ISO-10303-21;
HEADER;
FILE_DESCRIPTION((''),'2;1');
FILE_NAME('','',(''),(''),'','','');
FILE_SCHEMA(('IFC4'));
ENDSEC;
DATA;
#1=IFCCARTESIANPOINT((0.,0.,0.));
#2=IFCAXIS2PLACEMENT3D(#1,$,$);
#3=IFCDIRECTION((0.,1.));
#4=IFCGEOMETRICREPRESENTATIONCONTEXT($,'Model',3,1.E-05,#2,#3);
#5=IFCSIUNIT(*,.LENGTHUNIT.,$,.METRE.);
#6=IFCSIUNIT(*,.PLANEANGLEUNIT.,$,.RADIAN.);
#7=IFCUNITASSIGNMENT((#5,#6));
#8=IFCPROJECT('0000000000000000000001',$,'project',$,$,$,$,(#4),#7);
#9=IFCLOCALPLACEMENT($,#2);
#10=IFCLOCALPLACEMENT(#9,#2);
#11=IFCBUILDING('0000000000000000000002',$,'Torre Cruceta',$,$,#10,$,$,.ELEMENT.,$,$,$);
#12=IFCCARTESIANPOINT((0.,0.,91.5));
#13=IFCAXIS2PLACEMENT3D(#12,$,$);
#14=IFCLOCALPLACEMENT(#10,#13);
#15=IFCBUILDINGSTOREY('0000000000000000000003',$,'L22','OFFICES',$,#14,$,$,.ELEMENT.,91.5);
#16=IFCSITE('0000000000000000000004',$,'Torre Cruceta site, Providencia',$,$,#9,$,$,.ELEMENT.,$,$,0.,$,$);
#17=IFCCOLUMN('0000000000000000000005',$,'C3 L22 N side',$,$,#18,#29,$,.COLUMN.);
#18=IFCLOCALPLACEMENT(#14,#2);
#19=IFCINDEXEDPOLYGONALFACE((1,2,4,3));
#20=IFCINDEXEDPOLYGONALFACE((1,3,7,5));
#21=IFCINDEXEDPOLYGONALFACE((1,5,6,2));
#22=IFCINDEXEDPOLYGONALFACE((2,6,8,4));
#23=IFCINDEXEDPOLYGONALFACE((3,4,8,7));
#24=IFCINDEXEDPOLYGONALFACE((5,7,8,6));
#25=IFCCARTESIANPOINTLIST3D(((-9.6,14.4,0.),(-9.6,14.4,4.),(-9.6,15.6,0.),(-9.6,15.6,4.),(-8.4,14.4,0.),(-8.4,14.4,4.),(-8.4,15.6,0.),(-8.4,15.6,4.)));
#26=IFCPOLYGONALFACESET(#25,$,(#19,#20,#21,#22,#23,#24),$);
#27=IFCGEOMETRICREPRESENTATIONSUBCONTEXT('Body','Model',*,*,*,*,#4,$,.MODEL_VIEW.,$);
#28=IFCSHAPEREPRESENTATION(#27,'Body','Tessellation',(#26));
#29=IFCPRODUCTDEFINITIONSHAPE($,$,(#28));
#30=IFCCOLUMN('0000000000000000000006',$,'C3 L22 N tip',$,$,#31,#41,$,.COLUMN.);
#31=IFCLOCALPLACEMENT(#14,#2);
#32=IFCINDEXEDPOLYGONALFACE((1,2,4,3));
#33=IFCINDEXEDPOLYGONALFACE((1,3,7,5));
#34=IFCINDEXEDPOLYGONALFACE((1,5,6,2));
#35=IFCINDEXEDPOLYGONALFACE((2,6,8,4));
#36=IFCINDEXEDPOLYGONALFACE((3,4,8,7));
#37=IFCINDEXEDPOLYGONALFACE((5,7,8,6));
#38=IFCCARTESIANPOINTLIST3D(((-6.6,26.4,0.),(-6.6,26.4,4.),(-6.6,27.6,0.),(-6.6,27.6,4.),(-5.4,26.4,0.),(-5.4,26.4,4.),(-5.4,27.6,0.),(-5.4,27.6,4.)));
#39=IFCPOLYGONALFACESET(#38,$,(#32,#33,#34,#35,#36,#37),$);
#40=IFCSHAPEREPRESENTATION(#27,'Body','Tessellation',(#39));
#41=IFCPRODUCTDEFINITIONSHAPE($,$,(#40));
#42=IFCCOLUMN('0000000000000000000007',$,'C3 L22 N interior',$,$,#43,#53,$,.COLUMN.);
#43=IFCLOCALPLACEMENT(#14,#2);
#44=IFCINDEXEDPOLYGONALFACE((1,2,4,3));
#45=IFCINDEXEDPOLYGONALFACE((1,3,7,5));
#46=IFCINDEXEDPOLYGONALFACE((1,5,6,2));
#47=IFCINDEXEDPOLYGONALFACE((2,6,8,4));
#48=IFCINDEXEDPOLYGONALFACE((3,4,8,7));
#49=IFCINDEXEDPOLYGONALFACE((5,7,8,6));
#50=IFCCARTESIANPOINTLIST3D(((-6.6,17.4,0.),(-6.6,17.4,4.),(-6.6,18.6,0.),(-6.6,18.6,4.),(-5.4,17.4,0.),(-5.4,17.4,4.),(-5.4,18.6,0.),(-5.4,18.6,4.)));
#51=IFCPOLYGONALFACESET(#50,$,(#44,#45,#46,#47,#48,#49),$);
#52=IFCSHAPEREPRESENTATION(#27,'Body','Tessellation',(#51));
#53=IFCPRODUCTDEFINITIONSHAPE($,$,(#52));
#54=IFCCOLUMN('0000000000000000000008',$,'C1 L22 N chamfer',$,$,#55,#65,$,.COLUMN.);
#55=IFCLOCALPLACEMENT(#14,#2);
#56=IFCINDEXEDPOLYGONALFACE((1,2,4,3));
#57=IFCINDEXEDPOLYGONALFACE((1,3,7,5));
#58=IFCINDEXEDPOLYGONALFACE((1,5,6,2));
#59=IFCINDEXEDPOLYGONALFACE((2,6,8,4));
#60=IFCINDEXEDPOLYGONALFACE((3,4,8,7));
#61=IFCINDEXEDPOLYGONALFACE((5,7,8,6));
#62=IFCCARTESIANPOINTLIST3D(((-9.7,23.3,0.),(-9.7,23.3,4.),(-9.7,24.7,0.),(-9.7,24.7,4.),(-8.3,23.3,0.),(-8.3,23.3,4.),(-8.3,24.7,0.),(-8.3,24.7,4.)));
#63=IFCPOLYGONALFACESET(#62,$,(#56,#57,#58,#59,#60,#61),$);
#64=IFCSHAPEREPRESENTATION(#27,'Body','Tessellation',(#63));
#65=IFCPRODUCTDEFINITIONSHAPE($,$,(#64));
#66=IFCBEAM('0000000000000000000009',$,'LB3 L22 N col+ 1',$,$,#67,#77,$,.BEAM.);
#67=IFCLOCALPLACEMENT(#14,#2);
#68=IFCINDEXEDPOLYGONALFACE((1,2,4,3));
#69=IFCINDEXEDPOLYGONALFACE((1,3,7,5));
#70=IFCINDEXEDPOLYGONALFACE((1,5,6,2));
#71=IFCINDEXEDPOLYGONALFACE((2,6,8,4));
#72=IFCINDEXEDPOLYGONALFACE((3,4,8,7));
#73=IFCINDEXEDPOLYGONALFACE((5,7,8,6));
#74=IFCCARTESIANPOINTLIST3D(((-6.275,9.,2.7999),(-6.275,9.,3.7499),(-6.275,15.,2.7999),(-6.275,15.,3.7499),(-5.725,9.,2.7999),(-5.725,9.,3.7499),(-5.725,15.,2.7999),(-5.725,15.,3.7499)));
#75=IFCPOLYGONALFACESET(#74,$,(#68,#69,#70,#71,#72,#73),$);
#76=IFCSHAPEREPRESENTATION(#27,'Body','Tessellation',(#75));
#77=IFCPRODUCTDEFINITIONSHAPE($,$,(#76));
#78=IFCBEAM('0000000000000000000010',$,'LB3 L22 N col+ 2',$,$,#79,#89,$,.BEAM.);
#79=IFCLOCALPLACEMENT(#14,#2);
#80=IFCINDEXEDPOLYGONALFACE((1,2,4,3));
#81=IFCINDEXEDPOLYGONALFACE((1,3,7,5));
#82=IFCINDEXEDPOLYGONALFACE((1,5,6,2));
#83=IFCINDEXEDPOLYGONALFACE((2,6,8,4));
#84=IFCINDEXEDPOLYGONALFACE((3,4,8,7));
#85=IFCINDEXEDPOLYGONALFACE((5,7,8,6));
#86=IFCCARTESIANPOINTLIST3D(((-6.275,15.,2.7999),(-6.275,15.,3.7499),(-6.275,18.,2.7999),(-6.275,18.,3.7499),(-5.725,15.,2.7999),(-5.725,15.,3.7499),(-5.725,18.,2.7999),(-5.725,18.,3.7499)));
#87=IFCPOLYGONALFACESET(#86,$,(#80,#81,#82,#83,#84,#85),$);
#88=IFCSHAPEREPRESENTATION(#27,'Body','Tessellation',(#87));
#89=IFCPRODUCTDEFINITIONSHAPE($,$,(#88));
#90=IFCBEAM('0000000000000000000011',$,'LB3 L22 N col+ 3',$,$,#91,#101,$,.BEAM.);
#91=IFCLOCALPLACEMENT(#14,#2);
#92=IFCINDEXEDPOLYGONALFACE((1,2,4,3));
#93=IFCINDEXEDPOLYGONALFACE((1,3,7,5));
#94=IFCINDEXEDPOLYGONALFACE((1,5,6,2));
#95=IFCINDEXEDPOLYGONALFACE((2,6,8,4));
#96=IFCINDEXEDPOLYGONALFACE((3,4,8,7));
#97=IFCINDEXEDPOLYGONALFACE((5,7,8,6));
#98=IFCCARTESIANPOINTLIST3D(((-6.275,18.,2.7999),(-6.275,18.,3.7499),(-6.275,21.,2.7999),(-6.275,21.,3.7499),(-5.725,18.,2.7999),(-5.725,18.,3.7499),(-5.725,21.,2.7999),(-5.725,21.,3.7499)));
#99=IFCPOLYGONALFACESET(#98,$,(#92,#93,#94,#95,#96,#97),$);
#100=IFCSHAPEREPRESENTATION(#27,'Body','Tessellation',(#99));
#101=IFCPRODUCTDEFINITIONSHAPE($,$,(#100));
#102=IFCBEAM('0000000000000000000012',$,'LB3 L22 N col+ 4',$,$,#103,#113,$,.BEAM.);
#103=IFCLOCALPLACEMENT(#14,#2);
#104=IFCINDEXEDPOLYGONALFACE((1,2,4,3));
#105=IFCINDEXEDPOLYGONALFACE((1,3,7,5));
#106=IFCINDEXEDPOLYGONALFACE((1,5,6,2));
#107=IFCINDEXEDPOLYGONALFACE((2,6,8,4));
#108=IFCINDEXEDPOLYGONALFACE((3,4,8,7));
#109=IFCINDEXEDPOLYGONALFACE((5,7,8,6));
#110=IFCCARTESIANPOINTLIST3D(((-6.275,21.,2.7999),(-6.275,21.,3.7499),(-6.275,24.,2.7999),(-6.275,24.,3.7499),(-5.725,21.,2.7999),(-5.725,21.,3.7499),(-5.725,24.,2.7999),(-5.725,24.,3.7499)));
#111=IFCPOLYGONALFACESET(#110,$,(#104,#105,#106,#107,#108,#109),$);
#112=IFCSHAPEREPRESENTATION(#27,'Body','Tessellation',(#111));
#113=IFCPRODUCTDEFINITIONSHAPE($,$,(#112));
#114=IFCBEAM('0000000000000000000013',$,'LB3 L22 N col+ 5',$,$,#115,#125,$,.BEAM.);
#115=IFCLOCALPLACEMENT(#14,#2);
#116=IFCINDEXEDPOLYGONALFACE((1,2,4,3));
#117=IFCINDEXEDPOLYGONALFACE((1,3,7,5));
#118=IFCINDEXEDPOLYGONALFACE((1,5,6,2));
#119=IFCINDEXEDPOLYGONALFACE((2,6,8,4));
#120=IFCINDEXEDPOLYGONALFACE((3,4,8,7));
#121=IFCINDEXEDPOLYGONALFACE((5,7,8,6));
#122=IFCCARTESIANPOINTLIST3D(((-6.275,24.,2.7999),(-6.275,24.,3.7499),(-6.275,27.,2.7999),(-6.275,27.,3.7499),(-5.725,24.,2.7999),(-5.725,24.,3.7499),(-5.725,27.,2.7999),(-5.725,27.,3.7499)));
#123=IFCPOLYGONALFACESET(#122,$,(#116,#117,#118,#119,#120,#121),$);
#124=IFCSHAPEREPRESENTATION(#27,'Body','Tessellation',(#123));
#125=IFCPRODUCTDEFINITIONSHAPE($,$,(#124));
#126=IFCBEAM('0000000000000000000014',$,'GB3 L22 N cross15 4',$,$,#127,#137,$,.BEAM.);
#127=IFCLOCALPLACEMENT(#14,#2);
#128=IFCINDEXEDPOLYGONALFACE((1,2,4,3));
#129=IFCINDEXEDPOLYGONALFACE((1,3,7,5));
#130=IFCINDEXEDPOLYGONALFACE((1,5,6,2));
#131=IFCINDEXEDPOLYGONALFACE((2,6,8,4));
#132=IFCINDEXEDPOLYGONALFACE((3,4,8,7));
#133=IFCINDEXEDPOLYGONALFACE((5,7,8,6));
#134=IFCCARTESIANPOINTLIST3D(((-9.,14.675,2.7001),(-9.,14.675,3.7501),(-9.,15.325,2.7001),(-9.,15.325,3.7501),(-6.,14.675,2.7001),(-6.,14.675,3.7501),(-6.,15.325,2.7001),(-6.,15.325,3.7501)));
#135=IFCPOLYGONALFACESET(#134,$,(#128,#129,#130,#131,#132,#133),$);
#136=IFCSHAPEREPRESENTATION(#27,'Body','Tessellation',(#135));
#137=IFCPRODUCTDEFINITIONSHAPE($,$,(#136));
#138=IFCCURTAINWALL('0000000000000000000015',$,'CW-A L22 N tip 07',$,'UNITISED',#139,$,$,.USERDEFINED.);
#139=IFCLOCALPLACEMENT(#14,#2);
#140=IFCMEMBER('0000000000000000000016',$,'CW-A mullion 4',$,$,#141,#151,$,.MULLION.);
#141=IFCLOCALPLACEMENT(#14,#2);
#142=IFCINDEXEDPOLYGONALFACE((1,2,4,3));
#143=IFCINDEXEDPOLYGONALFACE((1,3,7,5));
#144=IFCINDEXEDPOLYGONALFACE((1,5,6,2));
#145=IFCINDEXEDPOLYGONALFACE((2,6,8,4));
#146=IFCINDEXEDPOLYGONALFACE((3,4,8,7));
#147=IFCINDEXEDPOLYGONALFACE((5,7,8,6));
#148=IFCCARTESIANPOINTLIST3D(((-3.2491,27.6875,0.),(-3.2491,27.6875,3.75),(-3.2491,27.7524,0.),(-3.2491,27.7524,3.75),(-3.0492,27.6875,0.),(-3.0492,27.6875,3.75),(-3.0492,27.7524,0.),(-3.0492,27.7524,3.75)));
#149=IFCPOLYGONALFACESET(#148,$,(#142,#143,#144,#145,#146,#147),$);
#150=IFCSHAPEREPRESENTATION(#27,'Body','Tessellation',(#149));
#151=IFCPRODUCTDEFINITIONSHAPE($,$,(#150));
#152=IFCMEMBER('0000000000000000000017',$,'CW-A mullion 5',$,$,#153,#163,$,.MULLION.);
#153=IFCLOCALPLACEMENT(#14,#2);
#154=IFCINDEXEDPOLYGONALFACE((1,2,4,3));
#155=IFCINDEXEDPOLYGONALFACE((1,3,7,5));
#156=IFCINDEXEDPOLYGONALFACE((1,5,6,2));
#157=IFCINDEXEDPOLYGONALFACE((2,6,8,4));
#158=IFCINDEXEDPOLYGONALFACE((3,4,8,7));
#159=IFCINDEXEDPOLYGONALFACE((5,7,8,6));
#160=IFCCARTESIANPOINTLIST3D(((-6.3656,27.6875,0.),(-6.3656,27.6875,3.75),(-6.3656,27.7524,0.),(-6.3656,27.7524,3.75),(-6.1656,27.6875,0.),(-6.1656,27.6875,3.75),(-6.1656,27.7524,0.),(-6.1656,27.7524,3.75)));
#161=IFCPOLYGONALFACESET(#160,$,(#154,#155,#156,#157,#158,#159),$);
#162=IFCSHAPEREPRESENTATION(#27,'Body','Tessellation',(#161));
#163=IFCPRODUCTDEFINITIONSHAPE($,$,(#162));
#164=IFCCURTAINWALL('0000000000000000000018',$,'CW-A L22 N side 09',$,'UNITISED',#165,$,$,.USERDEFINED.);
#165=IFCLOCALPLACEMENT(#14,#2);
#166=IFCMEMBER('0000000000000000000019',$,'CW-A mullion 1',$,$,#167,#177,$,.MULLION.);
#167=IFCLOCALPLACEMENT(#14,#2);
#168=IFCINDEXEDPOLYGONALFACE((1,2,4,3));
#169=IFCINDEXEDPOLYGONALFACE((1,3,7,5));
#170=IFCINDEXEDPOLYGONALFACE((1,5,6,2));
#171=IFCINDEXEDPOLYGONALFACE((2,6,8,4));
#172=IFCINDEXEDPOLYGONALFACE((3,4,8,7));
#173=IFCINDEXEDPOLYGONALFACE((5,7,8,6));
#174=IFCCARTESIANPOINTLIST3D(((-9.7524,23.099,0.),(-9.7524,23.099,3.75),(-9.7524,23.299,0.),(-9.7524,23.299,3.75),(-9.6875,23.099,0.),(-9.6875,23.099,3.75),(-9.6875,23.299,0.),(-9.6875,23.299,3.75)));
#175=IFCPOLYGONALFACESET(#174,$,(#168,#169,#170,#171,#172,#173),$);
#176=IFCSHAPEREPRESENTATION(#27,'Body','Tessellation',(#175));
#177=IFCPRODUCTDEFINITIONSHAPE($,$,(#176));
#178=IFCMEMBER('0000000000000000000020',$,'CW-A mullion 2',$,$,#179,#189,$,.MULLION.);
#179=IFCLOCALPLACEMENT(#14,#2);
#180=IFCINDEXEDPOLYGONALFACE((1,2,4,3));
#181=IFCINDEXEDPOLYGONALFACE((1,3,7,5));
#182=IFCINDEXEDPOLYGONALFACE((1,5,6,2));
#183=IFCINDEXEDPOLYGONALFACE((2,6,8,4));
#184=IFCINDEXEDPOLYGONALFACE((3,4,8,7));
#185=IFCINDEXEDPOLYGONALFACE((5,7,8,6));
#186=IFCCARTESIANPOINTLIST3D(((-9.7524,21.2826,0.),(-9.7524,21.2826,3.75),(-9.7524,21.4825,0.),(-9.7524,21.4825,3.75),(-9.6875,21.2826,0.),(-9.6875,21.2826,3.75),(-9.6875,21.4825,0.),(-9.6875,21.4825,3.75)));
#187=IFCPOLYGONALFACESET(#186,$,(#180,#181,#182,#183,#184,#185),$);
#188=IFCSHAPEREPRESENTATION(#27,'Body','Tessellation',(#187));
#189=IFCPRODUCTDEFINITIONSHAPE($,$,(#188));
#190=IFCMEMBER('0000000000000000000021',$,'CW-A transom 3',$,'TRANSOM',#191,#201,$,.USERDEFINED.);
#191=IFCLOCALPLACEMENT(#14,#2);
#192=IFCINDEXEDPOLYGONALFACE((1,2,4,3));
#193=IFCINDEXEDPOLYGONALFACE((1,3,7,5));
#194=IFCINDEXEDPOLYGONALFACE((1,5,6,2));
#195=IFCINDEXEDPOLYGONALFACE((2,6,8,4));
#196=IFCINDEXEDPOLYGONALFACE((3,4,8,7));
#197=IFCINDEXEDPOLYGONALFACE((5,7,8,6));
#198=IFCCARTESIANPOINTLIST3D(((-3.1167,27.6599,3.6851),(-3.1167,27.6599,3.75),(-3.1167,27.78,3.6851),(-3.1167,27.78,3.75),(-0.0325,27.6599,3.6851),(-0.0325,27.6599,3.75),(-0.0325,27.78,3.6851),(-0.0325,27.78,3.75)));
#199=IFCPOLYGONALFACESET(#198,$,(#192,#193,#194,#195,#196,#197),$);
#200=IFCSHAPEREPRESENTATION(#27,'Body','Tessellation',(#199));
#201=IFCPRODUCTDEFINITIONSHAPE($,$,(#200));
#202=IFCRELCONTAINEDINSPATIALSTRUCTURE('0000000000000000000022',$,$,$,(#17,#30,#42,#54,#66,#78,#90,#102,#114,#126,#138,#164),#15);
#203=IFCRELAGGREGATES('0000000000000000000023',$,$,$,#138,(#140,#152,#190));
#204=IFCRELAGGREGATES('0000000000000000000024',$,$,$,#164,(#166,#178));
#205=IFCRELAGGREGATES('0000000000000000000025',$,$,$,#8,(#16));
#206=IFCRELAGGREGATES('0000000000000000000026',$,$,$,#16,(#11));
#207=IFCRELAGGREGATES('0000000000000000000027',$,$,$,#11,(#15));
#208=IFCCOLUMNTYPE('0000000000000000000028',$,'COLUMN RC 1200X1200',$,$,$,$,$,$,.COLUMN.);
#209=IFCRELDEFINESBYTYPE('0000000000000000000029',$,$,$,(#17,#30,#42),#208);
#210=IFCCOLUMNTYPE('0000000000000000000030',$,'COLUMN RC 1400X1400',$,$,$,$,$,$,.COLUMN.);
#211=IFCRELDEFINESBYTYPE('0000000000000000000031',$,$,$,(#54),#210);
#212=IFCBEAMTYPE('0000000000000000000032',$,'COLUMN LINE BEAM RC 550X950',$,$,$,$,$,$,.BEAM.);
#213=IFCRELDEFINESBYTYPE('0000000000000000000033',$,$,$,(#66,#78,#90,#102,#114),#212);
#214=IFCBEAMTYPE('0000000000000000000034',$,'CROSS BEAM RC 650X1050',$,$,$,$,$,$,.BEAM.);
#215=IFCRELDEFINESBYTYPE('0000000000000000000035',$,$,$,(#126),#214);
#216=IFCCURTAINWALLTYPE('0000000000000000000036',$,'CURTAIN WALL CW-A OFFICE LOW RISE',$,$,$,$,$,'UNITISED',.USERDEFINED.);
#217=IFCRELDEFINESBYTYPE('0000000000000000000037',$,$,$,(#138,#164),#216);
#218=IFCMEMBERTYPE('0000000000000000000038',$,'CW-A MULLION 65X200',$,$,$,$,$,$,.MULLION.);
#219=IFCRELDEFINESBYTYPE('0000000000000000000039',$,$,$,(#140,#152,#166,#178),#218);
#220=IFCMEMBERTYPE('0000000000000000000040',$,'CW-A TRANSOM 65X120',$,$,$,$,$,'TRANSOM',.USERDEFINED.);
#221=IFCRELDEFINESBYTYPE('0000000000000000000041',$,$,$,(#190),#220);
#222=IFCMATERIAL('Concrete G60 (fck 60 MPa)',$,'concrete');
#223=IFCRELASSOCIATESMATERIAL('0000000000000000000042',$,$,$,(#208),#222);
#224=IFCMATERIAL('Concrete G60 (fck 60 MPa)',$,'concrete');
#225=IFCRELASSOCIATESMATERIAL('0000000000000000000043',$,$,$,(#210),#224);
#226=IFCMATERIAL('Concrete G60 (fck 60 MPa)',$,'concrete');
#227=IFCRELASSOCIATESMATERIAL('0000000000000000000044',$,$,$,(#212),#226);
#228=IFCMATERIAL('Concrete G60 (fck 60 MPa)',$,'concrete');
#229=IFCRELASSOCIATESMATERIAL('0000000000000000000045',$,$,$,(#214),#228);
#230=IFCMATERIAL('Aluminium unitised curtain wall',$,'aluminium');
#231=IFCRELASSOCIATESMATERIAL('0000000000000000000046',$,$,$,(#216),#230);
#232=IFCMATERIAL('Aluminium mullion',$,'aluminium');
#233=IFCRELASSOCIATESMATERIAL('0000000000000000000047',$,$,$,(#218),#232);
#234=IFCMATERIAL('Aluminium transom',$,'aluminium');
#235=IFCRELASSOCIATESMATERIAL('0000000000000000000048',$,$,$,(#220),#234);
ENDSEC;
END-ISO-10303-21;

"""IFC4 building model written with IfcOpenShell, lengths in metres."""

from ifc_helpers import new_model, si_unit, direction, frame, origin, origin_2d, place, context, subcontext, project, spatial, rectangle, extrude, material, material_profile, profile_set, type_object, element, aggregate, save


model = new_model("IFC4")

# Units and contexts
model_context = context("Model", 3, precision=1e-05, world=origin(), true_north=direction((0.0, 1.0)))
body_context = subcontext(model_context, "Body", "Model", "MODEL_VIEW")
ifc_project = project(units=[si_unit("LENGTHUNIT", "METRE"), si_unit("PLANEANGLEUNIT", "RADIAN")], contexts=[model_context])

# Site, building, storey
site_placement = place(None, origin())
site = spatial("IfcSite", under=ifc_project, at=site_placement, Name="Torre Cruceta site, Providencia", CompositionType="ELEMENT", RefElevation=0.0)
building_placement = place(site_placement, origin())
building = spatial("IfcBuilding", under=site, at=building_placement, Name="Torre Cruceta", CompositionType="ELEMENT")
storey_placement = place(building_placement, frame((0.0, 0.0, 91.5)))
storey = spatial("IfcBuildingStorey", under=building, at=storey_placement, Name="L22", Description="OFFICES", CompositionType="ELEMENT", Elevation=91.5)

# Columns
ifc_material_1 = material(Name="Concrete G60 (fck 60 MPa)", Category="concrete")
ifc_material_profile_1 = material_profile(ifc_material_1, rectangle(XDim=1.2, YDim=1.2, at=origin_2d()), Name="RC 1200X1200")
ifc_profile_set_1 = profile_set([ifc_material_profile_1], Name="Concrete G60 (fck 60 MPa)")
column_type_1 = type_object("IfcColumnType", Name="COLUMN RC 1200X1200", PredefinedType="COLUMN", material=ifc_profile_set_1)
for number, where, z_axis, x_axis, name in (
    (1, (-9.0, 15.0, 0.0), (0.0, 0.0, 1.0), (1.0, 0.0, 0.0), "C3 L22 N side"),
    (2, (-6.0, 27.0, 0.0), (0.0, 0.0, 1.0), (1.0, 0.0, 0.0), "C3 L22 N tip"),
    (3, (-6.0, 18.0, 0.0), (0.0, 0.0, 1.0), (1.0, 0.0, 0.0), "C3 L22 N interior"),
):
    element("IfcColumn", number, at=place(storey_placement, frame(where, z_axis=z_axis, x_axis=x_axis)), inside=storey, type_object=column_type_1, Name=name, PredefinedType="COLUMN", context=body_context, shape_type="SweptSolid", body=[
        extrude(rectangle(XDim=1.2, YDim=1.2, at=origin_2d()), origin(), (0.0, 0.0, 1.0), 4.0),
    ])
ifc_material_2 = material(Name="Concrete G60 (fck 60 MPa)", Category="concrete")
ifc_material_profile_2 = material_profile(ifc_material_2, rectangle(XDim=1.3999, YDim=1.3999, at=origin_2d()), Name="RC 1400X1400")
ifc_profile_set_2 = profile_set([ifc_material_profile_2], Name="Concrete G60 (fck 60 MPa)")
column_type_2 = type_object("IfcColumnType", Name="COLUMN RC 1400X1400", PredefinedType="COLUMN", material=ifc_profile_set_2)
column_placement = place(storey_placement, frame((-9.0, 24.0, 0.0), z_axis=(0.0, 0.0, 1.0), x_axis=(1.0, 0.0, 0.0)))
element("IfcColumn", 4, at=column_placement, inside=storey, type_object=column_type_2, Name="C1 L22 N chamfer", PredefinedType="COLUMN", context=body_context, shape_type="SweptSolid", body=[
    extrude(rectangle(XDim=1.3999, YDim=1.3999, at=origin_2d()), origin(), (0.0, 0.0, 1.0), 4.0),
])

# Beams
ifc_material_3 = material(Name="Concrete G60 (fck 60 MPa)", Category="concrete")
ifc_material_profile_3 = material_profile(ifc_material_3, rectangle(XDim=0.55, YDim=0.95, at=origin_2d()), Name="RC 550X950")
ifc_profile_set_3 = profile_set([ifc_material_profile_3], Name="Concrete G60 (fck 60 MPa)")
beam_type_1 = type_object("IfcBeamType", Name="COLUMN LINE BEAM RC 550X950", PredefinedType="BEAM", material=ifc_profile_set_3)
beam_1_placement = place(storey_placement, frame((-6.0, 9.0, 3.2749), z_axis=(0.0, 1.0, 0.0), x_axis=(-1.0, 0.0, 0.0)))
element("IfcBeam", 5, at=beam_1_placement, inside=storey, type_object=beam_type_1, Name="LB3 L22 N col+ 1", PredefinedType="BEAM", context=body_context, shape_type="SweptSolid", body=[
    extrude(rectangle(XDim=0.55, YDim=0.95, at=origin_2d()), origin(), (0.0, 0.0, 1.0), 6.0),
])
for number, where, z_axis, x_axis, name in (
    (6, (-6.0, 15.0, 3.2749), (0.0, 1.0, 0.0), (-1.0, 0.0, 0.0), "LB3 L22 N col+ 2"),
    (7, (-6.0, 18.0, 3.2749), (0.0, 1.0, 0.0), (-1.0, 0.0, 0.0), "LB3 L22 N col+ 3"),
    (8, (-6.0, 21.0, 3.2749), (0.0, 1.0, 0.0), (-1.0, 0.0, 0.0), "LB3 L22 N col+ 4"),
    (9, (-6.0, 24.0, 3.2749), (0.0, 1.0, 0.0), (-1.0, 0.0, 0.0), "LB3 L22 N col+ 5"),
):
    element("IfcBeam", number, at=place(storey_placement, frame(where, z_axis=z_axis, x_axis=x_axis)), inside=storey, type_object=beam_type_1, Name=name, PredefinedType="BEAM", context=body_context, shape_type="SweptSolid", body=[
        extrude(rectangle(XDim=0.55, YDim=0.95, at=origin_2d()), origin(), (0.0, 0.0, 1.0), 3.0),
    ])
ifc_material_4 = material(Name="Concrete G60 (fck 60 MPa)", Category="concrete")
ifc_material_profile_4 = material_profile(ifc_material_4, rectangle(XDim=0.6499, YDim=1.05, at=origin_2d()), Name="RC 650X1050")
ifc_profile_set_4 = profile_set([ifc_material_profile_4], Name="Concrete G60 (fck 60 MPa)")
beam_type_2 = type_object("IfcBeamType", Name="CROSS BEAM RC 650X1050", PredefinedType="BEAM", material=ifc_profile_set_4)
beam_2_placement = place(storey_placement, frame((-6.0, 15.0, 3.2251), z_axis=(-1.0, 0.0, 0.0), x_axis=(0.0, -1.0, 0.0)))
element("IfcBeam", 10, at=beam_2_placement, inside=storey, type_object=beam_type_2, Name="GB3 L22 N cross15 4", PredefinedType="BEAM", context=body_context, shape_type="SweptSolid", body=[
    extrude(rectangle(XDim=0.6499, YDim=1.05, at=origin_2d()), origin(), (0.0, 0.0, 1.0), 3.0),
])

# Curtain walls, members
ifc_material_5 = material(Name="Aluminium unitised curtain wall", Category="aluminium")
curtain_wall_type = type_object("IfcCurtainWallType", Name="CURTAIN WALL CW-A OFFICE LOW RISE", ElementType="UNITISED", PredefinedType="USERDEFINED", material=ifc_material_5)
curtain_wall_1_placement = place(storey_placement, origin())
curtain_wall_1 = element("IfcCurtainWall", 11, at=curtain_wall_1_placement, inside=storey, type_object=curtain_wall_type, Name="CW-A L22 N tip 07", ObjectType="UNITISED", PredefinedType="USERDEFINED")
ifc_material_6 = material(Name="Aluminium mullion", Category="aluminium")
ifc_material_profile_5 = material_profile(ifc_material_6, rectangle(XDim=0.0649, YDim=0.2, at=origin_2d()), Name="AL 65X200")
ifc_profile_set_5 = profile_set([ifc_material_profile_5], Name="Aluminium mullion")
member_type_1 = type_object("IfcMemberType", Name="CW-A MULLION 65X200", PredefinedType="MULLION", material=ifc_profile_set_5)
member_1_placement = place(storey_placement, frame((-3.1492, 27.72, 0.0), z_axis=(0.0, 0.0, 1.0), x_axis=(0.0, -1.0, 0.0)))
member_1 = element("IfcMember", 12, at=member_1_placement, type_object=member_type_1, Name="CW-A mullion 4", PredefinedType="MULLION", context=body_context, shape_type="SweptSolid", body=[
    extrude(rectangle(XDim=0.0649, YDim=0.2, at=origin_2d()), origin(), (0.0, 0.0, 1.0), 3.75),
])
member_2_placement = place(storey_placement, frame((-6.2656, 27.72, 0.0), z_axis=(0.0, 0.0, 1.0), x_axis=(0.0, -1.0, 0.0)))
member_2 = element("IfcMember", 13, at=member_2_placement, type_object=member_type_1, Name="CW-A mullion 5", PredefinedType="MULLION", context=body_context, shape_type="SweptSolid", body=[
    extrude(rectangle(XDim=0.0649, YDim=0.2, at=origin_2d()), origin(), (0.0, 0.0, 1.0), 3.75),
])
curtain_wall_2_placement = place(storey_placement, origin())
curtain_wall_2 = element("IfcCurtainWall", 14, at=curtain_wall_2_placement, inside=storey, type_object=curtain_wall_type, Name="CW-A L22 N side 09", ObjectType="UNITISED", PredefinedType="USERDEFINED")
member_3_placement = place(storey_placement, frame((-9.72, 23.199, 0.0), z_axis=(0.0, 0.0, 1.0), x_axis=(1.0, 0.0, 0.0)))
member_3 = element("IfcMember", 15, at=member_3_placement, type_object=member_type_1, Name="CW-A mullion 1", PredefinedType="MULLION", context=body_context, shape_type="SweptSolid", body=[
    extrude(rectangle(XDim=0.0649, YDim=0.2, at=origin_2d()), origin(), (0.0, 0.0, 1.0), 3.75),
])
member_4_placement = place(storey_placement, frame((-9.72, 21.3826, 0.0), z_axis=(0.0, 0.0, 1.0), x_axis=(1.0, 0.0, 0.0)))
member_4 = element("IfcMember", 16, at=member_4_placement, type_object=member_type_1, Name="CW-A mullion 2", PredefinedType="MULLION", context=body_context, shape_type="SweptSolid", body=[
    extrude(rectangle(XDim=0.0649, YDim=0.2, at=origin_2d()), origin(), (0.0, 0.0, 1.0), 3.75),
])

# Member
ifc_material_7 = material(Name="Aluminium transom", Category="aluminium")
ifc_material_profile_6 = material_profile(ifc_material_7, rectangle(XDim=0.1201, YDim=0.0649, at=origin_2d()), Name="AL 120X65")
ifc_profile_set_6 = profile_set([ifc_material_profile_6], Name="Aluminium transom")
member_type_2 = type_object("IfcMemberType", Name="CW-A TRANSOM 65X120", ElementType="TRANSOM", PredefinedType="USERDEFINED", material=ifc_profile_set_6)
member_5_placement = place(storey_placement, frame((-0.0325, 27.72, 3.7175), z_axis=(-1.0, 0.0, 0.0), x_axis=(0.0, -1.0, 0.0)))
member_5 = element("IfcMember", 17, at=member_5_placement, type_object=member_type_2, Name="CW-A transom 3", ObjectType="TRANSOM", PredefinedType="USERDEFINED", context=body_context, shape_type="SweptSolid", body=[
    extrude(rectangle(XDim=0.1201, YDim=0.0649, at=origin_2d()), origin(), (0.0, 0.0, 1.0), 3.0842),
])

aggregate(curtain_wall_1, [member_1, member_2, member_5])
aggregate(curtain_wall_2, [member_3, member_4])

save(model, "model.ifc")
